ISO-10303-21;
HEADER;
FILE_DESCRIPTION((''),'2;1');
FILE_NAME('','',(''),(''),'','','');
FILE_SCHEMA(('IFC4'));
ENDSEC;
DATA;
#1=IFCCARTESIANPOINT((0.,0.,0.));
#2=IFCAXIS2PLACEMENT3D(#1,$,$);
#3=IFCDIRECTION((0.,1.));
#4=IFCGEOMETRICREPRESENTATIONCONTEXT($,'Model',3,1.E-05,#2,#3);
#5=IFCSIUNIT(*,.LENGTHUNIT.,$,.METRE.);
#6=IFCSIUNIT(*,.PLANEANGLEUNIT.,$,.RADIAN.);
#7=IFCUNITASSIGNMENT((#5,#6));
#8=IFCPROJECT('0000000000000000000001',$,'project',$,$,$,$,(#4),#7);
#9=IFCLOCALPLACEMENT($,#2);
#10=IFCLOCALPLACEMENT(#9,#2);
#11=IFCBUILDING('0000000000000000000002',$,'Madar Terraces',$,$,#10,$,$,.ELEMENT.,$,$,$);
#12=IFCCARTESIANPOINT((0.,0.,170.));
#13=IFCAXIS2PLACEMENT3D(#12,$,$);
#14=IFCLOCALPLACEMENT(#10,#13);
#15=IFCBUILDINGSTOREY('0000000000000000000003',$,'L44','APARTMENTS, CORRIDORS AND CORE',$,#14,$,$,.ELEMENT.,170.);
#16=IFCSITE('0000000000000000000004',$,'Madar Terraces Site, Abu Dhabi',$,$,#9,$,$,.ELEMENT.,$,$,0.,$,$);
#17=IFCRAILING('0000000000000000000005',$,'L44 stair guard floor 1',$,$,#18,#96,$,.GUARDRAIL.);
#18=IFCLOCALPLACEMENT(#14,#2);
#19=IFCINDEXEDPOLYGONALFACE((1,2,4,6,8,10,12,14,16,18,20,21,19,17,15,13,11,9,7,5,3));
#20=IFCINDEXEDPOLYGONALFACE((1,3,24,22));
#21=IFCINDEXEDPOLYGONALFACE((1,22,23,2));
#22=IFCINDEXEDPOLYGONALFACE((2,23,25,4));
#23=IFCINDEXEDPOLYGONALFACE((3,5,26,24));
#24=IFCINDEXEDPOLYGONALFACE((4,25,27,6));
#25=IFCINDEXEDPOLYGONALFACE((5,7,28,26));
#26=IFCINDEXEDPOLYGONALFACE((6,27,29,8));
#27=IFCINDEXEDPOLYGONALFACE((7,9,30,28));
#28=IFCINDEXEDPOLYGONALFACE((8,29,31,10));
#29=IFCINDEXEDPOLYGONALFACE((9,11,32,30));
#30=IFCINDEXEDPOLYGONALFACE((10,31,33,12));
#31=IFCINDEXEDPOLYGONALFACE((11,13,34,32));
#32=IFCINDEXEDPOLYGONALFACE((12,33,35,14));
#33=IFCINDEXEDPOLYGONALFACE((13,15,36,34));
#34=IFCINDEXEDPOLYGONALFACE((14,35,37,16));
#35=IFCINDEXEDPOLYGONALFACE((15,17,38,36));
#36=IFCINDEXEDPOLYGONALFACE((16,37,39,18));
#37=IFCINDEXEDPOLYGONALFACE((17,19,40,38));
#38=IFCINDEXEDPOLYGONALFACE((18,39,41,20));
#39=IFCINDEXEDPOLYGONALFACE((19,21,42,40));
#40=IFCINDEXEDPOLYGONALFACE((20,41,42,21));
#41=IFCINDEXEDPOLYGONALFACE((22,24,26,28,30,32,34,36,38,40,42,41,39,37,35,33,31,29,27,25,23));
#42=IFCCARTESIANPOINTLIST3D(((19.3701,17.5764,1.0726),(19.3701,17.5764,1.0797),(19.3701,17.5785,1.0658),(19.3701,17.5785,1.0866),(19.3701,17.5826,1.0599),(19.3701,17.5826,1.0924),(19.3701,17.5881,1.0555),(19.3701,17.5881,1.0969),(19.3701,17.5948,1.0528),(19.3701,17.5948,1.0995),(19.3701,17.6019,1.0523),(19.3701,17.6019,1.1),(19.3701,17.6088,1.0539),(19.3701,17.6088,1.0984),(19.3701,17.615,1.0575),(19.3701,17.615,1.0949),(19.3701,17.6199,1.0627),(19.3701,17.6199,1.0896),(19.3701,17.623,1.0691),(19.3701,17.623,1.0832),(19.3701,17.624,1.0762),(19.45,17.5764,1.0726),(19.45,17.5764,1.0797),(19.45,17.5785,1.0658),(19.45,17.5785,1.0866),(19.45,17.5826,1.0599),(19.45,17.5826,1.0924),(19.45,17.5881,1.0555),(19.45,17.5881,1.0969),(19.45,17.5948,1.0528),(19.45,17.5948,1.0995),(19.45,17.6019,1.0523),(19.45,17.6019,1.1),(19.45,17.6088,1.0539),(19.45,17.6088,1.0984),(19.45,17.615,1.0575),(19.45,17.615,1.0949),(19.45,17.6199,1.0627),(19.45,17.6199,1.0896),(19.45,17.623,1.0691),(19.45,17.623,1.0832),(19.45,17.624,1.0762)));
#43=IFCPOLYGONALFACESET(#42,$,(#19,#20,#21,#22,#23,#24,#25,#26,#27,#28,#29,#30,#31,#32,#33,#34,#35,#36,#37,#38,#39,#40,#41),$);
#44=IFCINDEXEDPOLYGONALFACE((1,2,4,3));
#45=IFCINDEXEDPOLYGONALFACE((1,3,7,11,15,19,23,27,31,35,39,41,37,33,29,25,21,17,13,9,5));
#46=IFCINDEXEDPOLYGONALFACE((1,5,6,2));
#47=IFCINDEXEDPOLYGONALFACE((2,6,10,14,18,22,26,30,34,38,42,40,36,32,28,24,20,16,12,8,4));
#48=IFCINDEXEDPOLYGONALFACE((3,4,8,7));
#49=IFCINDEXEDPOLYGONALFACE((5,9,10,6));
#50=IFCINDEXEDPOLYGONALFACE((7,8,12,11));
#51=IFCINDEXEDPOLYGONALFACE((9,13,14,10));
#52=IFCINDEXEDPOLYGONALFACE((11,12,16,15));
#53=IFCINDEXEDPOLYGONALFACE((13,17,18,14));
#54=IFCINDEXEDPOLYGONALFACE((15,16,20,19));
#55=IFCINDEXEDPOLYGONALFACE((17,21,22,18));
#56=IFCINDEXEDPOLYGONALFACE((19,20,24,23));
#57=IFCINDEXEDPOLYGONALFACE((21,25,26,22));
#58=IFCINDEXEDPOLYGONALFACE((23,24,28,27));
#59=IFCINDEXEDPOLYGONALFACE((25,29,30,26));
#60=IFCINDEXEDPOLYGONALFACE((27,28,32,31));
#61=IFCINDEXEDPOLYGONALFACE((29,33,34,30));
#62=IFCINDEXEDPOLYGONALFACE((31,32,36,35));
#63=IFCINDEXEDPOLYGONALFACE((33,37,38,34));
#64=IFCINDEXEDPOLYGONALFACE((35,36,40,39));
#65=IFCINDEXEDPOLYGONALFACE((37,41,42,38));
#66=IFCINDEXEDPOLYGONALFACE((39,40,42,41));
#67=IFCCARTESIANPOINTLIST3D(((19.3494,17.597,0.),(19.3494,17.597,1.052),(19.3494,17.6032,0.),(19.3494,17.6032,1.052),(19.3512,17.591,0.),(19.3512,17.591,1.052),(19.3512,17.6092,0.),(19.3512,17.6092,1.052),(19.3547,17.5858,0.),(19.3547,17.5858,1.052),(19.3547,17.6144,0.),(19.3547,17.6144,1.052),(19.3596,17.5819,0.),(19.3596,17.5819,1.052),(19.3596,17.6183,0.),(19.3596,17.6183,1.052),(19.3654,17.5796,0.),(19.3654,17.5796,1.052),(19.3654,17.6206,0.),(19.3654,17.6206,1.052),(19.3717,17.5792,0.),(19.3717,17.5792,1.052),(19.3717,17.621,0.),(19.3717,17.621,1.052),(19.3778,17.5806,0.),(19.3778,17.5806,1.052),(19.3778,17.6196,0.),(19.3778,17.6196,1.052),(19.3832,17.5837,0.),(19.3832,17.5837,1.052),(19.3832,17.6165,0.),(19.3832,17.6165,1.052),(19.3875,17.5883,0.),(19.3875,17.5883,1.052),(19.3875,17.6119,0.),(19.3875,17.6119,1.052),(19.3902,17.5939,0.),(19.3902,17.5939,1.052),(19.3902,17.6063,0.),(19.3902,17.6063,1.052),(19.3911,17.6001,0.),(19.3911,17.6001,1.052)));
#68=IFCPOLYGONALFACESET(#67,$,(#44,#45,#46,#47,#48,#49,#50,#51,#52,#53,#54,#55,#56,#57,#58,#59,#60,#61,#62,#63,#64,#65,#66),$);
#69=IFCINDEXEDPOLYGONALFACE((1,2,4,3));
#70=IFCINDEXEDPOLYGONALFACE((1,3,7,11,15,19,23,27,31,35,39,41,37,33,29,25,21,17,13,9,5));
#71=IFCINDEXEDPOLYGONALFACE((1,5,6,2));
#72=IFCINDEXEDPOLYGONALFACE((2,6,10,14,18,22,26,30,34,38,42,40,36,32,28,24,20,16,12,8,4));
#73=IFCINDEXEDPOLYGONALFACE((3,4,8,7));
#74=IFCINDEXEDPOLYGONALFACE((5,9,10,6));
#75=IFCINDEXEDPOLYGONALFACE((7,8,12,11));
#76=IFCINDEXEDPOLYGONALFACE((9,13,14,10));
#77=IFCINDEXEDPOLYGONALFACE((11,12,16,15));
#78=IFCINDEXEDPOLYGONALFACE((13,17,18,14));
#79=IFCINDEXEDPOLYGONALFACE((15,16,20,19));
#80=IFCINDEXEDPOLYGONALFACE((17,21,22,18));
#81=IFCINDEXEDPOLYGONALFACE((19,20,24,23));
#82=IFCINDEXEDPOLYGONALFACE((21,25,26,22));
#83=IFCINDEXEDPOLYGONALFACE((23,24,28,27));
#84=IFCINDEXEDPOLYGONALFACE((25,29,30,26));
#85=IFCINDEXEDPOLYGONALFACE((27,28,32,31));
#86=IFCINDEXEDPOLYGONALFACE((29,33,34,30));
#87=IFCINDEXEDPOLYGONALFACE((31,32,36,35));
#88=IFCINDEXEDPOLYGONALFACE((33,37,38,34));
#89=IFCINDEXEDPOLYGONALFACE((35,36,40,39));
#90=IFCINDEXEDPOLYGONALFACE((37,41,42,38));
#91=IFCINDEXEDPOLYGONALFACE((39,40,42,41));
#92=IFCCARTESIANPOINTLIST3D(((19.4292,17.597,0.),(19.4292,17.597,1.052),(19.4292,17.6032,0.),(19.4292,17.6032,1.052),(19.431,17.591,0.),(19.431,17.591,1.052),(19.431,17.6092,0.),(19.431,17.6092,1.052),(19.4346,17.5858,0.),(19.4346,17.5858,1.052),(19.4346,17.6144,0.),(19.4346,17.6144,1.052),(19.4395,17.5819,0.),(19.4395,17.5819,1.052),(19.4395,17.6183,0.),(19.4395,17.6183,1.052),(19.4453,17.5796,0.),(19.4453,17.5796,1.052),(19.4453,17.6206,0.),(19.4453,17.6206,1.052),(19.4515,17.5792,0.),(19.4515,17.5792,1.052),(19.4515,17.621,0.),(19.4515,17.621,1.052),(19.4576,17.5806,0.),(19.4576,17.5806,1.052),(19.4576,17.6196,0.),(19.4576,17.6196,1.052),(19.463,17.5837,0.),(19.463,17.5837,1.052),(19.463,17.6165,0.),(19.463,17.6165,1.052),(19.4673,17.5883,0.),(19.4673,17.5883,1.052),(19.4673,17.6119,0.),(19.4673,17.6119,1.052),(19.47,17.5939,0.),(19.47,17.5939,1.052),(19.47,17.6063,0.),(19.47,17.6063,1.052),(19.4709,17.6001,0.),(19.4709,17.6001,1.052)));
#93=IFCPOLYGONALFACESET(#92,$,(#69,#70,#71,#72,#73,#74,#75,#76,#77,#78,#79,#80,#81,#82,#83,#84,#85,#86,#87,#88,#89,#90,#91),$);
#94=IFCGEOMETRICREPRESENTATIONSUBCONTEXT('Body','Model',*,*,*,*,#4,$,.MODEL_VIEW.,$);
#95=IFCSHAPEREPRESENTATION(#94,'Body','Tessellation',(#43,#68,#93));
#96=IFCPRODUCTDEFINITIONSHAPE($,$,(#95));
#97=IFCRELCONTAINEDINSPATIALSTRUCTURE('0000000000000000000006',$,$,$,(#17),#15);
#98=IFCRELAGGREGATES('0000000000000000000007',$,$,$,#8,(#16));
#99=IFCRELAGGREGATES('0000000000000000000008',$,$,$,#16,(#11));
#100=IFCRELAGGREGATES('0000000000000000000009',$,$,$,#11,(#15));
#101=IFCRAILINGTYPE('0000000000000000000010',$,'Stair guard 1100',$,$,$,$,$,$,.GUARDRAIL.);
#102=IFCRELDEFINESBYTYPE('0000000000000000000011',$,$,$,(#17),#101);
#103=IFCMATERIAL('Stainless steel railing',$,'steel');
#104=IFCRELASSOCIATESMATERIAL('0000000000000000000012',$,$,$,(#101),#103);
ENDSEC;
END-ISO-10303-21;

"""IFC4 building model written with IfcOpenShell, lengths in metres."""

from ifc_helpers import new_model, si_unit, direction, frame, origin, origin_2d, place, context, subcontext, project, spatial, circle, extrude, material, type_object, element, save


model = new_model("IFC4")

# Units and contexts
model_context = context("Model", 3, precision=1e-05, world=origin(), true_north=direction((0.0, 1.0)))
body_context = subcontext(model_context, "Body", "Model", "MODEL_VIEW")
ifc_project = project(units=[si_unit("LENGTHUNIT", "METRE"), si_unit("PLANEANGLEUNIT", "RADIAN")], contexts=[model_context])

# Site, building, storey
site_placement = place(None, origin())
site = spatial("IfcSite", under=ifc_project, at=site_placement, Name="Madar Terraces Site, Abu Dhabi", CompositionType="ELEMENT", RefElevation=0.0)
building_placement = place(site_placement, origin())
building = spatial("IfcBuilding", under=site, at=building_placement, Name="Madar Terraces", CompositionType="ELEMENT")
storey_placement = place(building_placement, frame((0.0, 0.0, 170.0)))
storey = spatial("IfcBuildingStorey", under=building, at=storey_placement, Name="L44", Description="APARTMENTS, CORRIDORS AND CORE", CompositionType="ELEMENT", Elevation=170.0)

# Railing
ifc_material_1 = material(Name="Stainless steel railing", Category="steel")
railing_type_1 = type_object("IfcRailingType", Name="Stair guard 1100", PredefinedType="GUARDRAIL", material=ifc_material_1)
for number, where, name in (
    (1, (19.3701, 17.6001, 0.0), "L44 stair guard floor 1"),
):
    element("IfcRailing", number, at=place(storey_placement, frame(where)), inside=storey, type_object=railing_type_1, Name=name, PredefinedType="GUARDRAIL", context=body_context, shape_type="SweptSolid", body=[
        extrude(circle(Radius=0.0239, at=origin_2d()), frame((0.0, 0.0, 1.0762), z_axis=(1.0, 0.0, 0.0), x_axis=(0.0, 1.0, 0.0)), (0.0, 0.0, 1.0), 0.0798),
        extrude(circle(Radius=0.021, at=origin_2d()), origin(), (0.0, 0.0, 1.0), 1.052),
        extrude(circle(Radius=0.021, at=origin_2d()), frame((0.0798, 0.0, 0.0)), (0.0, 0.0, 1.0), 1.052),
    ])

save(model, "model.ifc")
